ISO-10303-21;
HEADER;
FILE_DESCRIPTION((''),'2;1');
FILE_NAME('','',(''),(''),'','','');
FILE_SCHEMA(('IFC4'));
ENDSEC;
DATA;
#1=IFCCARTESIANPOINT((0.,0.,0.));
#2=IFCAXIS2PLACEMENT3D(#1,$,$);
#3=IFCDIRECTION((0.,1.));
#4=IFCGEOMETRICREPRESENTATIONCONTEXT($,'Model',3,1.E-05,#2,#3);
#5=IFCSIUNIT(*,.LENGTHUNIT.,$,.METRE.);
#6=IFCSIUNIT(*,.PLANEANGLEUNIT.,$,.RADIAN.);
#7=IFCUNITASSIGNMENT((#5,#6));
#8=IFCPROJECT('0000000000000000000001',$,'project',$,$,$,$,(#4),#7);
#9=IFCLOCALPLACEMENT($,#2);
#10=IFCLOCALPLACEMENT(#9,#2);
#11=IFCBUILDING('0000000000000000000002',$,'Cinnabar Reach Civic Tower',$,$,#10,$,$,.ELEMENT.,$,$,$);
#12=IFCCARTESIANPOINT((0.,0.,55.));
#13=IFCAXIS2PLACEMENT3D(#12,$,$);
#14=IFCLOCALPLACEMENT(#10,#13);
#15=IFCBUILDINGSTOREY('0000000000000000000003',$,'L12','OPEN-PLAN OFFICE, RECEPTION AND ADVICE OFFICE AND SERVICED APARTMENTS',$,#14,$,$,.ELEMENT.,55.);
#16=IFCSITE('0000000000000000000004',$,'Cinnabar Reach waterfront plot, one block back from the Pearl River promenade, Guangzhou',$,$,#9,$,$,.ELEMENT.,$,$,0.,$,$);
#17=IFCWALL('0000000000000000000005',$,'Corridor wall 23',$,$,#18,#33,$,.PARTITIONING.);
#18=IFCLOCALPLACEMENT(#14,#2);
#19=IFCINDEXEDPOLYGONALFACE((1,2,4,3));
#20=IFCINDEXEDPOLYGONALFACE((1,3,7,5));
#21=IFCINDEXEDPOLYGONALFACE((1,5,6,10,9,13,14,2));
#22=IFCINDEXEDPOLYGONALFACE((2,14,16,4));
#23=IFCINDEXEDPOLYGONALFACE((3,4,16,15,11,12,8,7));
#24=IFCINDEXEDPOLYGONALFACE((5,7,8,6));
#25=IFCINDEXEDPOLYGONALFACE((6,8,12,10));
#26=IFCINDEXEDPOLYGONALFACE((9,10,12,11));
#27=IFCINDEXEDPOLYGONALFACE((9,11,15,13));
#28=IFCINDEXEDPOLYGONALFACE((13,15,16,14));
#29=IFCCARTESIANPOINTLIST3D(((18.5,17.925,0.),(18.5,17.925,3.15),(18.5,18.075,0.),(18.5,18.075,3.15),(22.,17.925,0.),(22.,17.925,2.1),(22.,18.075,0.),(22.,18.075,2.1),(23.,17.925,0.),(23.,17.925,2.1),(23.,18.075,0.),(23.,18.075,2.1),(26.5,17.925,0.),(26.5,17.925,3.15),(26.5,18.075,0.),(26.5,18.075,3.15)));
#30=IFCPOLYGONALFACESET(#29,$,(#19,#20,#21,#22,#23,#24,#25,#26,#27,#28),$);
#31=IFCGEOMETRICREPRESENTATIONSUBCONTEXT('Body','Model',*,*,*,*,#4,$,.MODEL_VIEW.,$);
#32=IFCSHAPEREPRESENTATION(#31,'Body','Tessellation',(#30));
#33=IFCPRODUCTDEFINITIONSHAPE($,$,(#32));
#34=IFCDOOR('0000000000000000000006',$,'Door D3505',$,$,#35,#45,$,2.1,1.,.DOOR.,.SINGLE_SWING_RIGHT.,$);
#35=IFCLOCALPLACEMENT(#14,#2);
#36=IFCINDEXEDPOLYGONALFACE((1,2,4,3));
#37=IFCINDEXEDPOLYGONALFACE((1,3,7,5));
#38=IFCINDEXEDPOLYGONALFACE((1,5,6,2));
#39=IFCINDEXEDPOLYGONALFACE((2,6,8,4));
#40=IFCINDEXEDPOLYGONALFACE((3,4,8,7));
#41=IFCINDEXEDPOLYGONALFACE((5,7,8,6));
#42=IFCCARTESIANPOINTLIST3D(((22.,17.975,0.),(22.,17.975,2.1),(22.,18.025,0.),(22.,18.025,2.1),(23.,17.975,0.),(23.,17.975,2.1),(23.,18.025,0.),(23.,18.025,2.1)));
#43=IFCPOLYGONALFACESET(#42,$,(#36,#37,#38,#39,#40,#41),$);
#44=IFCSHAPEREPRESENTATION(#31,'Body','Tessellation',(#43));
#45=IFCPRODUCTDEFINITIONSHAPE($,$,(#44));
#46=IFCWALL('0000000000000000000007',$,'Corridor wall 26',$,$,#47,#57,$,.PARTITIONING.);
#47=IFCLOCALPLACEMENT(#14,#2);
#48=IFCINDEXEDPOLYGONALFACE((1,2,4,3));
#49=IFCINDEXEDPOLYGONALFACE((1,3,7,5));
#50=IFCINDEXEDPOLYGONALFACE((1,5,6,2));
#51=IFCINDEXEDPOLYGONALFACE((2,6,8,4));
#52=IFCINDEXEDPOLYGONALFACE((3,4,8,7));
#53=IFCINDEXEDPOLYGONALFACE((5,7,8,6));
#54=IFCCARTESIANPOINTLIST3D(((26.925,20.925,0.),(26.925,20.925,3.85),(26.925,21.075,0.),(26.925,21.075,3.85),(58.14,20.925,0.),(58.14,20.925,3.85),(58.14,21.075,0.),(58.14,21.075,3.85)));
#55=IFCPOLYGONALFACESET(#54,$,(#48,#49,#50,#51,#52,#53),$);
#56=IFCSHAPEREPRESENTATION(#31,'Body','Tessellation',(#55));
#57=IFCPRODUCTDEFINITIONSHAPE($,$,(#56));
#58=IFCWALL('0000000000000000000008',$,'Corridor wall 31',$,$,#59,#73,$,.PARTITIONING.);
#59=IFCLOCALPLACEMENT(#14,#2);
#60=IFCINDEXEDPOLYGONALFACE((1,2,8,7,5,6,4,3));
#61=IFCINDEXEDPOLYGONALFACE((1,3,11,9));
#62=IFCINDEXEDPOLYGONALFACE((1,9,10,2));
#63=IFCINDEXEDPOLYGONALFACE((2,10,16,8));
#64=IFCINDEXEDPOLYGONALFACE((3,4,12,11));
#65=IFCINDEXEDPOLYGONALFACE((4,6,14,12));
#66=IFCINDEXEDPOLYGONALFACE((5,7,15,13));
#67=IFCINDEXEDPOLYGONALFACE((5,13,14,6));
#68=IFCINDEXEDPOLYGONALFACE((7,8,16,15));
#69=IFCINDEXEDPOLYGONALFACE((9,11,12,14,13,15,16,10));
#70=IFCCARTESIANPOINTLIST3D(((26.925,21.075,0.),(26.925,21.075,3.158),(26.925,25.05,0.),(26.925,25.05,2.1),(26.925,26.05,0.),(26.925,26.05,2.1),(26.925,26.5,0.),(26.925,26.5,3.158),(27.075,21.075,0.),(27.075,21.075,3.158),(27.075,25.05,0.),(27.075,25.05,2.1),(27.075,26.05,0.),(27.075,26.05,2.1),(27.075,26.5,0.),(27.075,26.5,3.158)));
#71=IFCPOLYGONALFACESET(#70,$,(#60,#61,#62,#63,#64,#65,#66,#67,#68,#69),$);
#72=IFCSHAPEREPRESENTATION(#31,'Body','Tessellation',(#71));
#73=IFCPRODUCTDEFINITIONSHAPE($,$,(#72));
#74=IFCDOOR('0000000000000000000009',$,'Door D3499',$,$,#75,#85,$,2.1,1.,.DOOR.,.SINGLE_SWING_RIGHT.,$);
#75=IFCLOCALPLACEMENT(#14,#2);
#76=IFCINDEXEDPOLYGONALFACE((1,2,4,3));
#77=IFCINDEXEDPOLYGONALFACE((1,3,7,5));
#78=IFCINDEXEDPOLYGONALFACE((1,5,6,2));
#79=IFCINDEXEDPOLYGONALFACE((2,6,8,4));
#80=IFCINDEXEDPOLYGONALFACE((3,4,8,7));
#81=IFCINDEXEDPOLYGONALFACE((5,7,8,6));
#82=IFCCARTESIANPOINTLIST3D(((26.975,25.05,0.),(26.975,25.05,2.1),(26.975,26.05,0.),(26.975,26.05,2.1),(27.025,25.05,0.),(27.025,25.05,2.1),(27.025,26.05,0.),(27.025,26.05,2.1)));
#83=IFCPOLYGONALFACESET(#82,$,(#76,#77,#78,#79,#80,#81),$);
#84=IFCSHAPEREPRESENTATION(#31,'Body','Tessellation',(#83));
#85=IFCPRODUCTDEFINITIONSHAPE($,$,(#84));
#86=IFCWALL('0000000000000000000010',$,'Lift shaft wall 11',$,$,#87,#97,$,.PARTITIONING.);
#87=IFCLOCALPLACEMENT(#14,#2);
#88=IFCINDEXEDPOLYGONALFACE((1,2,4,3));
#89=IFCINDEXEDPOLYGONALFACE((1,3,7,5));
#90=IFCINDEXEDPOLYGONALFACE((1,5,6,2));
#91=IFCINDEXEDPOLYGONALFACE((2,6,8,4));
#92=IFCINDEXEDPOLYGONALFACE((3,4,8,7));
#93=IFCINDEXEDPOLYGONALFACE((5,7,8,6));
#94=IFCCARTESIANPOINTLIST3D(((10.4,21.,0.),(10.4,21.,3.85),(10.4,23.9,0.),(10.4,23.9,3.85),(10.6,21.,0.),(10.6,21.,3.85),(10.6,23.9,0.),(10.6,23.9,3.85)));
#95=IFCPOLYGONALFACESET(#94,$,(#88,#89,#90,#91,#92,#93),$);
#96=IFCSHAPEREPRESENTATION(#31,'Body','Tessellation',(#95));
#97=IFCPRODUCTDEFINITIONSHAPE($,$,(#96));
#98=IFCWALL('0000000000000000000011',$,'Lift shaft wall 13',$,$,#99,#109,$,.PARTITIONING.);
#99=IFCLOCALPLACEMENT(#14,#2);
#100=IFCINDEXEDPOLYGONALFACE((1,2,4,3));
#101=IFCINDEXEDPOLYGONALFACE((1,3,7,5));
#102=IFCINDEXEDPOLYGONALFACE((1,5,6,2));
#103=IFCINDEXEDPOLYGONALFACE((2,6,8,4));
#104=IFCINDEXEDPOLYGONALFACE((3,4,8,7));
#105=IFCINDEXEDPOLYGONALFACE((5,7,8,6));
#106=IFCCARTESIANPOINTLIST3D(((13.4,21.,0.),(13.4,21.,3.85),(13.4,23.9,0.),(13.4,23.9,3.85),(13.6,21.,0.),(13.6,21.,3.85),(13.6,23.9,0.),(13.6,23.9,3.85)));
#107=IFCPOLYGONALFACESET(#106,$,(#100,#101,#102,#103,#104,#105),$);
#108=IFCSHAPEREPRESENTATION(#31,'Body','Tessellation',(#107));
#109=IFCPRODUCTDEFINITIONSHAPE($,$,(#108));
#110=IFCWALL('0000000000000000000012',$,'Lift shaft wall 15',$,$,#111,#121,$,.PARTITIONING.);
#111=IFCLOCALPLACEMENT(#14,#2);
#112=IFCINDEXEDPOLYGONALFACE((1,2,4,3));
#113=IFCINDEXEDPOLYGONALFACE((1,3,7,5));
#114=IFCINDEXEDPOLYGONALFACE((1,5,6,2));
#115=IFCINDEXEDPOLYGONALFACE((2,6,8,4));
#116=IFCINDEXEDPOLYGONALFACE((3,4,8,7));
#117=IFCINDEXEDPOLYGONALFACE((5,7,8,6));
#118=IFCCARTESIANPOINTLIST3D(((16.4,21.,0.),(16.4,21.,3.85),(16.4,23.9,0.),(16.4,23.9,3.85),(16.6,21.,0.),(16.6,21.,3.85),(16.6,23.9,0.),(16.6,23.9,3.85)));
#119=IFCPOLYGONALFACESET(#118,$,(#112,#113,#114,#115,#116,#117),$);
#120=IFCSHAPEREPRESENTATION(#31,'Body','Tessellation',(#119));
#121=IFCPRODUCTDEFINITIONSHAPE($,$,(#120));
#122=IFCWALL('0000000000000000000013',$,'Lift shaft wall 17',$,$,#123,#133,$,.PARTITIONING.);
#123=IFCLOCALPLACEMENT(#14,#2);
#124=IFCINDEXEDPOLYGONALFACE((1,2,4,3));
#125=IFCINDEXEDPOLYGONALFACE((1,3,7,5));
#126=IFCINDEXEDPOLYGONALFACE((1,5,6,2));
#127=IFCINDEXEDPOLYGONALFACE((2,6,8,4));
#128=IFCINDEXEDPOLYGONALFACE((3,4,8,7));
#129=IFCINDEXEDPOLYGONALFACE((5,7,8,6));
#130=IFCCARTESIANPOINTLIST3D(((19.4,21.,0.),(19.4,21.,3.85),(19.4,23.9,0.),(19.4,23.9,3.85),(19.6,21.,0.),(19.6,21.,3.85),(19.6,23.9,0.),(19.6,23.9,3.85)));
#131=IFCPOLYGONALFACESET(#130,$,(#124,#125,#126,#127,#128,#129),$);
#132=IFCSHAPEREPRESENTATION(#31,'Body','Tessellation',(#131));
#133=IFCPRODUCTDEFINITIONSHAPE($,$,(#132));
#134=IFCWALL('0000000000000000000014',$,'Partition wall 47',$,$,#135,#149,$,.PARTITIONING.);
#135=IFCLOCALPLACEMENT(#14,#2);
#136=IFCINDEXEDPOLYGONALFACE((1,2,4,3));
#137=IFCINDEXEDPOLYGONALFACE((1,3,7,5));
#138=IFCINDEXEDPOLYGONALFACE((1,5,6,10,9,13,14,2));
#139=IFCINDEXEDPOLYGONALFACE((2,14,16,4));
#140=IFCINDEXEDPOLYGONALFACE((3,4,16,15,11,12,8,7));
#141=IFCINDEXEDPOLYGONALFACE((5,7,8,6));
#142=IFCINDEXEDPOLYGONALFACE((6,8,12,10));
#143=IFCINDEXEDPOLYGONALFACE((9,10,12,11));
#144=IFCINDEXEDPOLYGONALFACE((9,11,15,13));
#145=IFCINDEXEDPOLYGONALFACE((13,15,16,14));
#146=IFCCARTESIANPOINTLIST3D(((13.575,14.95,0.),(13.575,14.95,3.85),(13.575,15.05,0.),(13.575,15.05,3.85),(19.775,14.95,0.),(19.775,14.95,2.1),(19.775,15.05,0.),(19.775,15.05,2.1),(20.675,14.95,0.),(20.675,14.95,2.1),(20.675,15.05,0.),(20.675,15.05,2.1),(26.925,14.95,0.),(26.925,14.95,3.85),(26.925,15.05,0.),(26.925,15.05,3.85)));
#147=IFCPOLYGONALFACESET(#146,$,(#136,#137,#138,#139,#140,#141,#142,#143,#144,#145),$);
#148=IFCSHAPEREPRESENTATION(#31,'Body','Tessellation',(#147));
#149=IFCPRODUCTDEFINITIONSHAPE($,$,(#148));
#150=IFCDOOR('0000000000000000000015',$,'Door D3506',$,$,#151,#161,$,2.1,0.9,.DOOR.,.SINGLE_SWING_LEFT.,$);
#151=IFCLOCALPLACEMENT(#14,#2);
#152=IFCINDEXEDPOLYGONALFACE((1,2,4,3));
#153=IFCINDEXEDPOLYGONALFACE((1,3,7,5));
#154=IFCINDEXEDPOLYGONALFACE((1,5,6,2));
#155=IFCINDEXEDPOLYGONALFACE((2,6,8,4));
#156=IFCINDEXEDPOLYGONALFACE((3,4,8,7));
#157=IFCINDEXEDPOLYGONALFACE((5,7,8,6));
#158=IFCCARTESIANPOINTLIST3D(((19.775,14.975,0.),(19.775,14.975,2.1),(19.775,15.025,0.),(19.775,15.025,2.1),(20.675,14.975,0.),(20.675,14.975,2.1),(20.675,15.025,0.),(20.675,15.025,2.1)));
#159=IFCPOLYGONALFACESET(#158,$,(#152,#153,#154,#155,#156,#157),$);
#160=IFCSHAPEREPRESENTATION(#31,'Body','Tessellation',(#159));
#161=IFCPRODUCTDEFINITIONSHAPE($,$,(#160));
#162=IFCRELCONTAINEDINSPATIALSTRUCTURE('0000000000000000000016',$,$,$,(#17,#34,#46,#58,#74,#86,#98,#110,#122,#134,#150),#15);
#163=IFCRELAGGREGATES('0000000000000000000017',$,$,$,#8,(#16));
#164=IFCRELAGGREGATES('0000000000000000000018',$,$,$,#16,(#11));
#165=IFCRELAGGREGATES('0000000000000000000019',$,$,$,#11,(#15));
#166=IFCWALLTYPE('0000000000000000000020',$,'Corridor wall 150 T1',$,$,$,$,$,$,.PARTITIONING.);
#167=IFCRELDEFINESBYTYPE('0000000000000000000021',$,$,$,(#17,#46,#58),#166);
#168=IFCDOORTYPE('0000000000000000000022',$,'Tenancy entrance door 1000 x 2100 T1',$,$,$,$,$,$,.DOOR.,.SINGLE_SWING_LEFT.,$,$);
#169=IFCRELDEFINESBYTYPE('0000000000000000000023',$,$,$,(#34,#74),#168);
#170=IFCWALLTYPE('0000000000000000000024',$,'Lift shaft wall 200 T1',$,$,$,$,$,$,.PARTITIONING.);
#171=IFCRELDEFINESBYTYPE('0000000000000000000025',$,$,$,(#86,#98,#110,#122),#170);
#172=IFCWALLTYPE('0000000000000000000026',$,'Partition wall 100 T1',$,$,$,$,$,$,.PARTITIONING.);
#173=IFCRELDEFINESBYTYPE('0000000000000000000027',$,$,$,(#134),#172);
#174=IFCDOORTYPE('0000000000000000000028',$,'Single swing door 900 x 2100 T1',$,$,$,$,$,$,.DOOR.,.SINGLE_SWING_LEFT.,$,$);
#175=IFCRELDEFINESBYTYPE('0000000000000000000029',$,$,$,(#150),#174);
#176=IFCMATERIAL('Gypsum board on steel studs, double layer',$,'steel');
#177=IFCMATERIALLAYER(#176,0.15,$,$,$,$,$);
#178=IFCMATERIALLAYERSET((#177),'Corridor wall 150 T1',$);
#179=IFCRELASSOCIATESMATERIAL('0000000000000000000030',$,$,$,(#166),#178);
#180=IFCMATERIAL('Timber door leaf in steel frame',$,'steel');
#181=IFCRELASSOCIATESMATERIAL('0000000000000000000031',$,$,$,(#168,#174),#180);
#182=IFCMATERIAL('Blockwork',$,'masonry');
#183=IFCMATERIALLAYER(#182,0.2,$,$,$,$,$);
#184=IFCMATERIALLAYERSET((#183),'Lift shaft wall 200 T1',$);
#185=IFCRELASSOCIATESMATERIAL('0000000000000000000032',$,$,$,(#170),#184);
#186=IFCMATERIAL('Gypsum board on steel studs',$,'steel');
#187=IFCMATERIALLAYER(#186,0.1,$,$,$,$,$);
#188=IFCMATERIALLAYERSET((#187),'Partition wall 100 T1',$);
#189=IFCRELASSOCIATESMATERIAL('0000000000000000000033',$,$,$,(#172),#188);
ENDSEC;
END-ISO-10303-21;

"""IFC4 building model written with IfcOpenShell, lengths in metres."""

from ifc_helpers import new_model, si_unit, direction, frame, frame_2d, origin, place, context, subcontext, project, spatial, rectangle, extrude, material, layer, layer_set, type_object, element, fill, save


model = new_model("IFC4")

# Units and contexts
model_context = context("Model", 3, precision=1e-05, world=origin(), true_north=direction((0.0, 1.0)))
body_context = subcontext(model_context, "Body", "Model", "MODEL_VIEW")
ifc_project = project(units=[si_unit("LENGTHUNIT", "METRE"), si_unit("PLANEANGLEUNIT", "RADIAN")], contexts=[model_context])

# Site, building, storey
site_placement = place(None, origin())
site = spatial("IfcSite", under=ifc_project, at=site_placement, Name="Cinnabar Reach waterfront plot, one block back from the Pearl River promenade, Guangzhou", CompositionType="ELEMENT", RefElevation=0.0)
building_placement = place(site_placement, origin())
building = spatial("IfcBuilding", under=site, at=building_placement, Name="Cinnabar Reach Civic Tower", CompositionType="ELEMENT")
storey_placement = place(building_placement, frame((0.0, 0.0, 55.0)))
storey = spatial("IfcBuildingStorey", under=building, at=storey_placement, Name="L12", Description="OPEN-PLAN OFFICE, RECEPTION AND ADVICE OFFICE AND SERVICED APARTMENTS", CompositionType="ELEMENT", Elevation=55.0)

# Wall, opening, door
ifc_material_1 = material(Name="Timber door leaf in steel frame", Category="steel")
ifc_material_2 = material(Name="Gypsum board on steel studs, double layer", Category="steel")
ifc_layer_1 = layer(ifc_material_2, 0.15)
ifc_layer_set_1 = layer_set([ifc_layer_1], Name="Corridor wall 150 T1")
wall_type_1 = type_object("IfcWallType", Name="Corridor wall 150 T1", PredefinedType="PARTITIONING", material=ifc_layer_set_1)
wall_1_placement = place(storey_placement, frame((18.5, 18.0, 0.0), z_axis=(0.0, 0.0, 1.0), x_axis=(1.0, 0.0, 0.0)))
wall_1 = element("IfcWall", 1, at=wall_1_placement, inside=storey, type_object=wall_type_1, Name="Corridor wall 23", PredefinedType="PARTITIONING", context=body_context, shape_type="SweptSolid", body=[
    extrude(rectangle(XDim=8.0, YDim=0.15, at=frame_2d((4.0, 0.0))), origin(), (0.0, 0.0, 1.0), 3.15),
])
opening_1_placement = place(wall_1_placement, frame((3.5, 0.0, 0.0)))
opening_1 = element("IfcOpeningElement", 2, at=opening_1_placement, cuts=wall_1, PredefinedType="OPENING", context=body_context, shape_type="SweptSolid", body=[
    extrude(rectangle(XDim=1.0, YDim=2.1, at=frame_2d((0.5, 1.05))), frame((0.0, 0.085, 0.0), z_axis=(0.0, -1.0, 0.0), x_axis=(1.0, 0.0, 0.0)), (0.0, 0.0, 1.0), 0.17),
])
door_type_1 = type_object("IfcDoorType", Name="Tenancy entrance door 1000 x 2100 T1", OperationType="SINGLE_SWING_LEFT", PredefinedType="DOOR", material=ifc_material_1)
door_1_placement = place(opening_1_placement, frame((1.0, 0.0, 0.0), z_axis=(0.0, 0.0, 1.0), x_axis=(-1.0, 0.0, 0.0)))
door_1 = element("IfcDoor", 3, at=door_1_placement, inside=storey, type_object=door_type_1, Name="Door D3505", OperationType="SINGLE_SWING_RIGHT", OverallHeight=2.1, OverallWidth=1.0, PredefinedType="DOOR", context=body_context, shape_type="SweptSolid", body=[
    extrude(rectangle(XDim=1.0, YDim=2.1, at=frame_2d((0.5, 1.05))), frame((0.0, 0.025, 0.0), z_axis=(0.0, -1.0, 0.0), x_axis=(1.0, 0.0, 0.0)), (0.0, 0.0, 1.0), 0.05),
])
fill(opening_1, door_1)

# Wall
wall_2_placement = place(storey_placement, frame((26.925, 21.0, 0.0), z_axis=(0.0, 0.0, 1.0), x_axis=(1.0, 0.0, 0.0)))
element("IfcWall", 4, at=wall_2_placement, inside=storey, type_object=wall_type_1, Name="Corridor wall 26", PredefinedType="PARTITIONING", context=body_context, shape_type="SweptSolid", body=[
    extrude(rectangle(XDim=31.215, YDim=0.15, at=frame_2d((15.6075, 0.0))), origin(), (0.0, 0.0, 1.0), 3.85),
])

# Wall, opening, door
wall_3_placement = place(storey_placement, frame((27.0, 21.075, 0.0), z_axis=(0.0, 0.0, 1.0), x_axis=(0.0, 1.0, 0.0)))
wall_3 = element("IfcWall", 5, at=wall_3_placement, inside=storey, type_object=wall_type_1, Name="Corridor wall 31", PredefinedType="PARTITIONING", context=body_context, shape_type="SweptSolid", body=[
    extrude(rectangle(XDim=5.425, YDim=0.15, at=frame_2d((2.7125, 0.0))), origin(), (0.0, 0.0, 1.0), 3.158),
])
opening_2_placement = place(wall_3_placement, frame((3.975, 0.0, 0.0)))
opening_2 = element("IfcOpeningElement", 6, at=opening_2_placement, cuts=wall_3, PredefinedType="OPENING", context=body_context, shape_type="SweptSolid", body=[
    extrude(rectangle(XDim=1.0, YDim=2.1, at=frame_2d((0.5, 1.05))), frame((0.0, 0.085, 0.0), z_axis=(0.0, -1.0, 0.0), x_axis=(1.0, 0.0, 0.0)), (0.0, 0.0, 1.0), 0.17),
])
door_2_placement = place(opening_2_placement, frame((1.0, 0.0, 0.0), z_axis=(0.0, 0.0, 1.0), x_axis=(-1.0, 0.0, 0.0)))
door_2 = element("IfcDoor", 7, at=door_2_placement, inside=storey, type_object=door_type_1, Name="Door D3499", OperationType="SINGLE_SWING_RIGHT", OverallHeight=2.1, OverallWidth=1.0, PredefinedType="DOOR", context=body_context, shape_type="SweptSolid", body=[
    extrude(rectangle(XDim=1.0, YDim=2.1, at=frame_2d((0.5, 1.05))), frame((0.0, 0.025, 0.0), z_axis=(0.0, -1.0, 0.0), x_axis=(1.0, 0.0, 0.0)), (0.0, 0.0, 1.0), 0.05),
])
fill(opening_2, door_2)

# Walls
ifc_material_3 = material(Name="Blockwork", Category="masonry")
ifc_layer_2 = layer(ifc_material_3, 0.2)
ifc_layer_set_2 = layer_set([ifc_layer_2], Name="Lift shaft wall 200 T1")
wall_type_2 = type_object("IfcWallType", Name="Lift shaft wall 200 T1", PredefinedType="PARTITIONING", material=ifc_layer_set_2)
for number, where, z_axis, x_axis, name in (
    (8, (10.5, 21.0, 0.0), (0.0, 0.0, 1.0), (0.0, 1.0, 0.0), "Lift shaft wall 11"),
    (9, (13.5, 21.0, 0.0), (0.0, 0.0, 1.0), (0.0, 1.0, 0.0), "Lift shaft wall 13"),
    (10, (16.5, 21.0, 0.0), (0.0, 0.0, 1.0), (0.0, 1.0, 0.0), "Lift shaft wall 15"),
    (11, (19.5, 21.0, 0.0), (0.0, 0.0, 1.0), (0.0, 1.0, 0.0), "Lift shaft wall 17"),
):
    element("IfcWall", number, at=place(storey_placement, frame(where, z_axis=z_axis, x_axis=x_axis)), inside=storey, type_object=wall_type_2, Name=name, PredefinedType="PARTITIONING", context=body_context, shape_type="SweptSolid", body=[
        extrude(rectangle(XDim=2.9, YDim=0.2, at=frame_2d((1.45, 0.0))), origin(), (0.0, 0.0, 1.0), 3.85),
    ])

# Wall, opening, door
ifc_material_4 = material(Name="Gypsum board on steel studs", Category="steel")
ifc_layer_3 = layer(ifc_material_4, 0.1)
ifc_layer_set_3 = layer_set([ifc_layer_3], Name="Partition wall 100 T1")
wall_type_3 = type_object("IfcWallType", Name="Partition wall 100 T1", PredefinedType="PARTITIONING", material=ifc_layer_set_3)
wall_4_placement = place(storey_placement, frame((13.575, 15.0, 0.0), z_axis=(0.0, 0.0, 1.0), x_axis=(1.0, 0.0, 0.0)))
wall_4 = element("IfcWall", 12, at=wall_4_placement, inside=storey, type_object=wall_type_3, Name="Partition wall 47", PredefinedType="PARTITIONING", context=body_context, shape_type="SweptSolid", body=[
    extrude(rectangle(XDim=13.35, YDim=0.1, at=frame_2d((6.675, 0.0))), origin(), (0.0, 0.0, 1.0), 3.85),
])
opening_3_placement = place(wall_4_placement, frame((6.2, 0.0, 0.0)))
opening_3 = element("IfcOpeningElement", 13, at=opening_3_placement, cuts=wall_4, PredefinedType="OPENING", context=body_context, shape_type="SweptSolid", body=[
    extrude(rectangle(XDim=0.9, YDim=2.1, at=frame_2d((0.45, 1.05))), frame((0.0, 0.06, 0.0), z_axis=(0.0, -1.0, 0.0), x_axis=(1.0, 0.0, 0.0)), (0.0, 0.0, 1.0), 0.12),
])
door_type_2 = type_object("IfcDoorType", Name="Single swing door 900 x 2100 T1", OperationType="SINGLE_SWING_LEFT", PredefinedType="DOOR", material=ifc_material_1)
door_3_placement = place(opening_3_placement, origin())
door_3 = element("IfcDoor", 14, at=door_3_placement, inside=storey, type_object=door_type_2, Name="Door D3506", OperationType="SINGLE_SWING_LEFT", OverallHeight=2.1, OverallWidth=0.9, PredefinedType="DOOR", context=body_context, shape_type="SweptSolid", body=[
    extrude(rectangle(XDim=0.9, YDim=2.1, at=frame_2d((0.45, 1.05))), frame((0.0, 0.025, 0.0), z_axis=(0.0, -1.0, 0.0), x_axis=(1.0, 0.0, 0.0)), (0.0, 0.0, 1.0), 0.05),
])
fill(opening_3, door_3)

save(model, "model.ifc")
